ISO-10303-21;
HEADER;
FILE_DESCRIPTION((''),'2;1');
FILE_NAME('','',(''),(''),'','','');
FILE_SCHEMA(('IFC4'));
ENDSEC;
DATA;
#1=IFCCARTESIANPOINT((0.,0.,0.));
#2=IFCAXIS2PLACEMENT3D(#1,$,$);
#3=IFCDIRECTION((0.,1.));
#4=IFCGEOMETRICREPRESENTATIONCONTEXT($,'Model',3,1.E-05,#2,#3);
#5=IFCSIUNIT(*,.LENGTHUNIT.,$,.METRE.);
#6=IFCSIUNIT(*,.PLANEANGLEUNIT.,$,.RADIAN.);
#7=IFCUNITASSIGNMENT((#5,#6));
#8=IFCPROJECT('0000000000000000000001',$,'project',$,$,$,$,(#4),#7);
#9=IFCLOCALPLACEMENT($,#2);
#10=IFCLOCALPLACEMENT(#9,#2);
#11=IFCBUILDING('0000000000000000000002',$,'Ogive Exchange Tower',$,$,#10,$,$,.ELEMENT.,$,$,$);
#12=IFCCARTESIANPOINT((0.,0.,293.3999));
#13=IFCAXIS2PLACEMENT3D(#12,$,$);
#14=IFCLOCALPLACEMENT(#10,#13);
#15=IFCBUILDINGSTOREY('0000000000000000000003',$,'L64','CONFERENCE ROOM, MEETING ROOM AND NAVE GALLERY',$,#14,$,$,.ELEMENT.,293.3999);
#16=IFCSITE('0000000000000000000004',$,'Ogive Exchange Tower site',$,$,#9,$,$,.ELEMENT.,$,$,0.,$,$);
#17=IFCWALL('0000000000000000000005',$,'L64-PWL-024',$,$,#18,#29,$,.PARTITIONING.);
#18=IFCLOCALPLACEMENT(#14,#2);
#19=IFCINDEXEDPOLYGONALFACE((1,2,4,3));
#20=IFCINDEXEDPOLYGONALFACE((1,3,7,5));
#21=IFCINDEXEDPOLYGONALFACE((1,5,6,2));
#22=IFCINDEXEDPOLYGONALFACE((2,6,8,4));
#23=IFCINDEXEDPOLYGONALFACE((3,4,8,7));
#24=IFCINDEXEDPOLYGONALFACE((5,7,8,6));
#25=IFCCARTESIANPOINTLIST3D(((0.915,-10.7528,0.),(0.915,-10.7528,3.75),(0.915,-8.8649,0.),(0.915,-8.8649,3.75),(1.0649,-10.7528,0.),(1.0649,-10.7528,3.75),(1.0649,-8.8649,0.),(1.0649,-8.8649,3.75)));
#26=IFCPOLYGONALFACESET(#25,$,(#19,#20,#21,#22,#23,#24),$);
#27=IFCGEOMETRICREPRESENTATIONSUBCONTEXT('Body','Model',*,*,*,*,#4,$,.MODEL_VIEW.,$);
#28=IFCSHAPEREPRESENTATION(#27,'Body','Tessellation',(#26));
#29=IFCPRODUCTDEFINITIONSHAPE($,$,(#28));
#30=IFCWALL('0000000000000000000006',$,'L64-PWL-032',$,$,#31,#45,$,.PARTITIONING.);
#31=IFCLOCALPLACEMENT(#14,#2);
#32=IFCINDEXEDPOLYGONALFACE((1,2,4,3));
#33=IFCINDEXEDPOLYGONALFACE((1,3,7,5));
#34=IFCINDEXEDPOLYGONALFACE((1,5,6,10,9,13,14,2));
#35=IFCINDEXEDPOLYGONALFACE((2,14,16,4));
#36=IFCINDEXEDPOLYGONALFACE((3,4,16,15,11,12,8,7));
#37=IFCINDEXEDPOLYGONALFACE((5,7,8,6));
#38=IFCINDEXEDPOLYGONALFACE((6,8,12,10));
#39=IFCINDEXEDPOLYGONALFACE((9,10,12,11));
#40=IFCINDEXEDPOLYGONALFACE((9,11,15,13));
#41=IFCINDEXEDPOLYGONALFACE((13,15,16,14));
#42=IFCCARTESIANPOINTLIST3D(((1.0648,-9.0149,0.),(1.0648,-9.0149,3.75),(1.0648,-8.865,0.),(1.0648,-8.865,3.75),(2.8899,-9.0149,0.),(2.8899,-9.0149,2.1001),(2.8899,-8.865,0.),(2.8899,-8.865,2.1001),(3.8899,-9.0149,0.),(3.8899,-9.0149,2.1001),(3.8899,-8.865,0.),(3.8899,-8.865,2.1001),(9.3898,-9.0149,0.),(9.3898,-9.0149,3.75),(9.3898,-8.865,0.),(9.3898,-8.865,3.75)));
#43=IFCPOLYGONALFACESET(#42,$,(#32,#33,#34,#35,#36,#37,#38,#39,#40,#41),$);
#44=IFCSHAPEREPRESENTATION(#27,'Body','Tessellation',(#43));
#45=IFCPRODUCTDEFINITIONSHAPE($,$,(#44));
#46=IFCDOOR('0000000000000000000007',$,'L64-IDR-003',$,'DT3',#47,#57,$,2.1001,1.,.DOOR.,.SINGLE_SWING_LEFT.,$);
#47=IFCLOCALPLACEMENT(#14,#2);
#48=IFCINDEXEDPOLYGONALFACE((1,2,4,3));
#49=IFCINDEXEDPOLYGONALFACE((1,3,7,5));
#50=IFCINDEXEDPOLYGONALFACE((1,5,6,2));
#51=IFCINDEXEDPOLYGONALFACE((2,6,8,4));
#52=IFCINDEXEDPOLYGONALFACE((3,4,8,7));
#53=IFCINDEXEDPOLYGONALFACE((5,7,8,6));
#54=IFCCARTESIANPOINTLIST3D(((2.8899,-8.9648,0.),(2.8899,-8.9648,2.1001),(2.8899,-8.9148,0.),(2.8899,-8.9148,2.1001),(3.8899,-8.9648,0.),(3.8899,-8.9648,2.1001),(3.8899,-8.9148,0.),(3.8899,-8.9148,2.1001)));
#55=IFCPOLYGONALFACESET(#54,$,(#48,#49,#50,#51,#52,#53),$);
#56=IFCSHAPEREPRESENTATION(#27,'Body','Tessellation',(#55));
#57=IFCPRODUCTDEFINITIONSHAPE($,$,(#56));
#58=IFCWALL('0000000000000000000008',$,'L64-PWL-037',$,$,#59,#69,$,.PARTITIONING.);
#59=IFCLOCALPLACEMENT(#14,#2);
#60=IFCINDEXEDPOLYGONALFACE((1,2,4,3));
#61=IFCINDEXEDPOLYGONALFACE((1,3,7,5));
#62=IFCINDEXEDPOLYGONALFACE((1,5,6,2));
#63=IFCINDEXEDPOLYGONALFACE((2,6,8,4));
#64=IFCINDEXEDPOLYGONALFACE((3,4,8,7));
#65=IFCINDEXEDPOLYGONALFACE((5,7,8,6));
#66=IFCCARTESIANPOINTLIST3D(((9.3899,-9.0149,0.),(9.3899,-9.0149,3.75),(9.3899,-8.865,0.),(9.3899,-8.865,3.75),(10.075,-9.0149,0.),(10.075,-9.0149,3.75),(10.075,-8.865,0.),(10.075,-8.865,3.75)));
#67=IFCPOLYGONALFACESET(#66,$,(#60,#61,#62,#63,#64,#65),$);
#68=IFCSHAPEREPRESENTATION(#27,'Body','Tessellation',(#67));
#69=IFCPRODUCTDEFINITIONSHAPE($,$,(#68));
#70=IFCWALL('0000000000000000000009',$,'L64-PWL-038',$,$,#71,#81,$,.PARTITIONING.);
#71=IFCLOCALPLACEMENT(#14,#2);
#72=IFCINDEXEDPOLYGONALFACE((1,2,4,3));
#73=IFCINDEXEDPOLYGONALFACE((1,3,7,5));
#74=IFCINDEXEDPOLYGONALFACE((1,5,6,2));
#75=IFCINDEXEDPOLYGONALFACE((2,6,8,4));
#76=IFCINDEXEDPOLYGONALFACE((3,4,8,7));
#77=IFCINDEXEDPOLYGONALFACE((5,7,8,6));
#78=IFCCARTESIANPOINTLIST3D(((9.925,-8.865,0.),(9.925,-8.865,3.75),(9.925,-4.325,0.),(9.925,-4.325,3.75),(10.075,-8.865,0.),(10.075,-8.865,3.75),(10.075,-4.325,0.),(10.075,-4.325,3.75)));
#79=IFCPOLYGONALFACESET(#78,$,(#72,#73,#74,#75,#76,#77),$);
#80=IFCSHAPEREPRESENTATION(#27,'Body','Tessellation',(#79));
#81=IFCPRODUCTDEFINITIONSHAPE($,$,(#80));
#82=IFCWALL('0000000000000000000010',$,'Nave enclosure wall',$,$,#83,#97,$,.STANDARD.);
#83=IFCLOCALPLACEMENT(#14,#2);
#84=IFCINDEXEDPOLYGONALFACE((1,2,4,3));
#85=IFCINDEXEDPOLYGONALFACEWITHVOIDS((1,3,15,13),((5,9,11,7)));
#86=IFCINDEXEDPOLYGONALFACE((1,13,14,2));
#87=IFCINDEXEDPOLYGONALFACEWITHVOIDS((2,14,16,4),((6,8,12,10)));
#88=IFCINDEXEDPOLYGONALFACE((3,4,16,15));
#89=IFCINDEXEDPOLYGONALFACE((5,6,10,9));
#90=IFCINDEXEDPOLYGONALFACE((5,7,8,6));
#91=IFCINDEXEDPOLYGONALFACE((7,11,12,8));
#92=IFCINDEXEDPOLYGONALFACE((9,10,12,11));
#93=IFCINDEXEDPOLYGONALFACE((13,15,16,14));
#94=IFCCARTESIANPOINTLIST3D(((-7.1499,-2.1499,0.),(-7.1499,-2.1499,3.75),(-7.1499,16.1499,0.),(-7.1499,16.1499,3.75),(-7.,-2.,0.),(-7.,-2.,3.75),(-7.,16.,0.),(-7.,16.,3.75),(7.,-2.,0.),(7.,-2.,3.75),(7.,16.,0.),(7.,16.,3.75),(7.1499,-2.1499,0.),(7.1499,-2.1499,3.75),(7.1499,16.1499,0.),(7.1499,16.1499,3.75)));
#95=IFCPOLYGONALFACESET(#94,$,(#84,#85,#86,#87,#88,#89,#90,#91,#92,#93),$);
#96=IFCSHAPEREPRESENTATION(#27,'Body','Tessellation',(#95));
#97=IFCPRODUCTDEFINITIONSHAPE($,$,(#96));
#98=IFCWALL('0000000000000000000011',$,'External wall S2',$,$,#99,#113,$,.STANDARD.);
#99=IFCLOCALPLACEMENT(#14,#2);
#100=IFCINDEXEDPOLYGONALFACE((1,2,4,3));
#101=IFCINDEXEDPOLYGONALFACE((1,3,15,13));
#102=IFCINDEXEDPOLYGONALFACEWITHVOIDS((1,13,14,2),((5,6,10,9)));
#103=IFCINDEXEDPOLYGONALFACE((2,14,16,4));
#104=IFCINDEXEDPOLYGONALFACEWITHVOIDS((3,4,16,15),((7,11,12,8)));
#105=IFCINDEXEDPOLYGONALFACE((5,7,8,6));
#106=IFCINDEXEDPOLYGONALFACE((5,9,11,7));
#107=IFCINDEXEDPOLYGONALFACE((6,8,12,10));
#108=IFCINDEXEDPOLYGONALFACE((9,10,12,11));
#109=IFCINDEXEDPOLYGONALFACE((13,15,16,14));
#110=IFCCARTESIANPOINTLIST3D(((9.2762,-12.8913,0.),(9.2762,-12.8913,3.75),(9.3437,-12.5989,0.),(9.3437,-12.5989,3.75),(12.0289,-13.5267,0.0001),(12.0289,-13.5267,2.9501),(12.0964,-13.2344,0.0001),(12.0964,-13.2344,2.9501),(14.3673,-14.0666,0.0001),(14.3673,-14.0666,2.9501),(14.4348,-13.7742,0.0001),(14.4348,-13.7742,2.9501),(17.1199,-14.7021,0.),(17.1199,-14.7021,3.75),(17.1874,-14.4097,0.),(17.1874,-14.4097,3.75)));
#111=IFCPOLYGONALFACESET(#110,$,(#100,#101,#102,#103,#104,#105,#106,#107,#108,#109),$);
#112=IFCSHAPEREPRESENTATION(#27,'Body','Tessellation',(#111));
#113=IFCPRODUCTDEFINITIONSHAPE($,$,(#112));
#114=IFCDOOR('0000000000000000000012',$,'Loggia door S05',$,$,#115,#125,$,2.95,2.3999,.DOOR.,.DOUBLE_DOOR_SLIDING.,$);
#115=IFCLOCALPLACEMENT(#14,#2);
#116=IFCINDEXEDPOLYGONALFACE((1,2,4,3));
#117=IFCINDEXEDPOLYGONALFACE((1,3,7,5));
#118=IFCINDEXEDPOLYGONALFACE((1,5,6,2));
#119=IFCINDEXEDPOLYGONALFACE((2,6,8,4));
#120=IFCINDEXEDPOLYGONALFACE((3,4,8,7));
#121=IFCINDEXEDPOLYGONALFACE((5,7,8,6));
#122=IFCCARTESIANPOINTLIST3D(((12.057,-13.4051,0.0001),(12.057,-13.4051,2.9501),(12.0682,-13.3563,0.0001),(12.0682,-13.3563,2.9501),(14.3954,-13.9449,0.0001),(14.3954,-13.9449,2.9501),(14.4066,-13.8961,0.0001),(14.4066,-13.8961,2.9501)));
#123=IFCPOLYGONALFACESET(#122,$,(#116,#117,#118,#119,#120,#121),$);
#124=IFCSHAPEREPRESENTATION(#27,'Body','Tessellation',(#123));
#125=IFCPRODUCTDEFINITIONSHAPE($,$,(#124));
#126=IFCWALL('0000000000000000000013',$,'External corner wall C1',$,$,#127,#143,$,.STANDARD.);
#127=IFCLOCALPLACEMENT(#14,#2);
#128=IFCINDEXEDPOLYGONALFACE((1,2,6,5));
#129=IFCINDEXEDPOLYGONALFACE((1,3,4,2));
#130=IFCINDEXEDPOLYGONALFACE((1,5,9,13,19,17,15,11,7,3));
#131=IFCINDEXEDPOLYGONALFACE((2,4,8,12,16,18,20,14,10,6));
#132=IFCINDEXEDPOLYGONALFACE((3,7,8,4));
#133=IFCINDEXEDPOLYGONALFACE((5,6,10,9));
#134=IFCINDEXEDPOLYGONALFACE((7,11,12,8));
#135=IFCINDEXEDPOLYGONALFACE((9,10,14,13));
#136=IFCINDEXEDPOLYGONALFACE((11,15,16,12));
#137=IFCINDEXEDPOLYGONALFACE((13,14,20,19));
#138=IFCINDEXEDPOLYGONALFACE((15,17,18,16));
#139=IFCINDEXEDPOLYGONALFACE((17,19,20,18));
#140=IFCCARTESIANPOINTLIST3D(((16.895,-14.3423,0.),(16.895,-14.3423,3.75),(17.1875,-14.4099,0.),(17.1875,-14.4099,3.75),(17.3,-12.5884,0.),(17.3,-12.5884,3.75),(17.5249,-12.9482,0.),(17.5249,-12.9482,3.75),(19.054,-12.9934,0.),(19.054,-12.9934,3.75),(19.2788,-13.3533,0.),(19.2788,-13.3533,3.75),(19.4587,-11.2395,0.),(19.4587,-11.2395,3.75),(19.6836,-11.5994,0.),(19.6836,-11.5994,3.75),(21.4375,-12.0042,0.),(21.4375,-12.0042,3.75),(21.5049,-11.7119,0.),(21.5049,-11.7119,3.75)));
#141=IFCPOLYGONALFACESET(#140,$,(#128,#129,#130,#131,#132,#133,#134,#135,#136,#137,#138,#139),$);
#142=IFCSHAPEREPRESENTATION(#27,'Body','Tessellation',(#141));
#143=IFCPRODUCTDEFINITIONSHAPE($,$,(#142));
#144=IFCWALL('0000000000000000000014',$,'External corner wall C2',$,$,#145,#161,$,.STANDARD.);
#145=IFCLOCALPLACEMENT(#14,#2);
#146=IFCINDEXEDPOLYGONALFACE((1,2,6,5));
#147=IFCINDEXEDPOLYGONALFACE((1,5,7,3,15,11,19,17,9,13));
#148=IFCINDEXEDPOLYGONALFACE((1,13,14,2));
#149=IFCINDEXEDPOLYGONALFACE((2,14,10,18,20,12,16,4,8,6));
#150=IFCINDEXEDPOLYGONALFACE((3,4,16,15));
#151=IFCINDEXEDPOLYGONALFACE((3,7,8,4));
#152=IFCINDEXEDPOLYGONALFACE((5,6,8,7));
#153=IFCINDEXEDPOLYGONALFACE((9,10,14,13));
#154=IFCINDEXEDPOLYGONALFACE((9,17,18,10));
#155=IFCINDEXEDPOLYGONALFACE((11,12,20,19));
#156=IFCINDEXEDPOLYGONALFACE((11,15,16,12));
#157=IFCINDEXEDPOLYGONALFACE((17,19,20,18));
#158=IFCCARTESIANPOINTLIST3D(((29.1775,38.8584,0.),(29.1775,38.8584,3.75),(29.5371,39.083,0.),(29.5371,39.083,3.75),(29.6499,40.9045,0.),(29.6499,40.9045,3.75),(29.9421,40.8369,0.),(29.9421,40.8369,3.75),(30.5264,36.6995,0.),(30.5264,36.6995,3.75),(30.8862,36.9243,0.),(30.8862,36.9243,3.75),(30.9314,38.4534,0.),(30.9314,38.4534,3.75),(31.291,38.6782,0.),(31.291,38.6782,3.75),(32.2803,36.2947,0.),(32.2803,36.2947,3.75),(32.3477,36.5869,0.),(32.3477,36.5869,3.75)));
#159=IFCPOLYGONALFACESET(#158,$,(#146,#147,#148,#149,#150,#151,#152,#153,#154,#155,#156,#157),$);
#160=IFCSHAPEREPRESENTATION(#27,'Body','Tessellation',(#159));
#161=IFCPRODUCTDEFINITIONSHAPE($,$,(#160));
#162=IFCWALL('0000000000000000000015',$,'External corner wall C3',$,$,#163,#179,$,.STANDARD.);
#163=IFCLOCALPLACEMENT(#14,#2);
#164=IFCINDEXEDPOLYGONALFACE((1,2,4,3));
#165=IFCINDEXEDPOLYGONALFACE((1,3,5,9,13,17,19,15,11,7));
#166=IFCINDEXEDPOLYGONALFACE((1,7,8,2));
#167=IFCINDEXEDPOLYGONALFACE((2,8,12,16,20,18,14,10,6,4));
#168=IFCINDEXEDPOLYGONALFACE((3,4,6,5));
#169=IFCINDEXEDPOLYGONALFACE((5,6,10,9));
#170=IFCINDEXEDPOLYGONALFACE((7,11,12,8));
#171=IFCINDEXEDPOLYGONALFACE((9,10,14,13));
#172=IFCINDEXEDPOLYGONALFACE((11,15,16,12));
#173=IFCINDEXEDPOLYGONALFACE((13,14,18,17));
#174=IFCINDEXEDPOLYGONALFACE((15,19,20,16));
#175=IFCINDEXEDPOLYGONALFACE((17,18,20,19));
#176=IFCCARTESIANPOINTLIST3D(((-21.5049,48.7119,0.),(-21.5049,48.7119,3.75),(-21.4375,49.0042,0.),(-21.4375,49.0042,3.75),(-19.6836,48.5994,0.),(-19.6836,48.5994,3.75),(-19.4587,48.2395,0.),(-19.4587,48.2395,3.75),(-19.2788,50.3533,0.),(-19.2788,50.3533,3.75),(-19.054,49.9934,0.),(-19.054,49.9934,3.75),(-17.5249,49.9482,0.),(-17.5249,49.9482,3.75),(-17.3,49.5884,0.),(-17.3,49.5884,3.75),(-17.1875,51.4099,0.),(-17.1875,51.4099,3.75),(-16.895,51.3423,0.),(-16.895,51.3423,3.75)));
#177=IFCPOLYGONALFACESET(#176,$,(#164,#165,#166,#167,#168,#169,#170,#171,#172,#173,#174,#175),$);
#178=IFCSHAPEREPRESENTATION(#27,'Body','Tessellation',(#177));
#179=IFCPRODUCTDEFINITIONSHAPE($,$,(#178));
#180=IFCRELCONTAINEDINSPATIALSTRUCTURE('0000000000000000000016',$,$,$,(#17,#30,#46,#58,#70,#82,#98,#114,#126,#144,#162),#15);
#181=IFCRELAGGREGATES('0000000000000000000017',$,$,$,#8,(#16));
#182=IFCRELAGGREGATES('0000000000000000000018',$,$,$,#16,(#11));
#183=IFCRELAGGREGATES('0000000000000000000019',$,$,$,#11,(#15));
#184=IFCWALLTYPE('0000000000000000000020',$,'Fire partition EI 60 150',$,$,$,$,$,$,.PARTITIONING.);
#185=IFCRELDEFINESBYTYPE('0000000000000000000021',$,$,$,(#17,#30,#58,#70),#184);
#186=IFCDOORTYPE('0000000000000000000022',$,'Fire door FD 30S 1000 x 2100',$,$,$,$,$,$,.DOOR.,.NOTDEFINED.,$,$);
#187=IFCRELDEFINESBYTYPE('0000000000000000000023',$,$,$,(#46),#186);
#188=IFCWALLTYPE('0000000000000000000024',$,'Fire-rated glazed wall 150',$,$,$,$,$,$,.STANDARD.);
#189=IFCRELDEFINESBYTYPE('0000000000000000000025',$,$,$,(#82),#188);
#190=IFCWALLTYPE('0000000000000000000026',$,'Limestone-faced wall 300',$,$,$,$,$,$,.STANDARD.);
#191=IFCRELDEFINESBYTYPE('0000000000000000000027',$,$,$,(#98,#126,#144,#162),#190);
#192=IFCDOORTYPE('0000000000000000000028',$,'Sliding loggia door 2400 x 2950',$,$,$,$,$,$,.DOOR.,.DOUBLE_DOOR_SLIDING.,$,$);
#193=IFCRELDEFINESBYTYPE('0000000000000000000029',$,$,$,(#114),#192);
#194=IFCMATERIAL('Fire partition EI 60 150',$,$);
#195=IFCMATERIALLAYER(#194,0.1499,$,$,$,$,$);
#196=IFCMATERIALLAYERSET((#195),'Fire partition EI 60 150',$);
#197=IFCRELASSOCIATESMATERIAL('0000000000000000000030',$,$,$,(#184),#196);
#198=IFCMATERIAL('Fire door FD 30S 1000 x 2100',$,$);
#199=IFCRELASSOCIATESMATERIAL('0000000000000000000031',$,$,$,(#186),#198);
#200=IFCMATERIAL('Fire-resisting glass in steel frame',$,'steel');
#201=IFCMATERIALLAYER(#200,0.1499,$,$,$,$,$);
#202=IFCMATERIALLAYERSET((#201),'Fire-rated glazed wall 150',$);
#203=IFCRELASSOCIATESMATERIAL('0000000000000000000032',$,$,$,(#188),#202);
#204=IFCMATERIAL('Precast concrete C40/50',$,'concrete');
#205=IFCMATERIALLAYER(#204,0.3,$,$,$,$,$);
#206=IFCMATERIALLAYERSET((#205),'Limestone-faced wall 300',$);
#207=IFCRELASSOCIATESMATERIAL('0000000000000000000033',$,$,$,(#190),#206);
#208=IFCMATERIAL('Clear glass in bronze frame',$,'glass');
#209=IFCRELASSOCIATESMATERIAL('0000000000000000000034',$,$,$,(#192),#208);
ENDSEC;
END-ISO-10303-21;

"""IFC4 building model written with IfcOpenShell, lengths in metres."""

from ifc_helpers import new_model, si_unit, direction, frame, frame_2d, origin, place, context, subcontext, project, spatial, polyline, rectangle, outline, extrude, material, layer, layer_set, type_object, element, fill, save


model = new_model("IFC4")

# Units and contexts
model_context = context("Model", 3, precision=1e-05, world=origin(), true_north=direction((0.0, 1.0)))
body_context = subcontext(model_context, "Body", "Model", "MODEL_VIEW")
ifc_project = project(units=[si_unit("LENGTHUNIT", "METRE"), si_unit("PLANEANGLEUNIT", "RADIAN")], contexts=[model_context])

# Site, building, storey
site_placement = place(None, origin())
site = spatial("IfcSite", under=ifc_project, at=site_placement, Name="Ogive Exchange Tower site", CompositionType="ELEMENT", RefElevation=0.0)
building_placement = place(site_placement, origin())
building = spatial("IfcBuilding", under=site, at=building_placement, Name="Ogive Exchange Tower", CompositionType="ELEMENT")
storey_placement = place(building_placement, frame((0.0, 0.0, 293.3999)))
storey = spatial("IfcBuildingStorey", under=building, at=storey_placement, Name="L64", Description="CONFERENCE ROOM, MEETING ROOM AND NAVE GALLERY", CompositionType="ELEMENT", Elevation=293.3999)

# Wall
ifc_material_1 = material(Name="Fire partition EI 60 150")
ifc_layer_1 = layer(ifc_material_1, 0.1499)
ifc_layer_set_1 = layer_set([ifc_layer_1], Name="Fire partition EI 60 150")
wall_type_1 = type_object("IfcWallType", Name="Fire partition EI 60 150", PredefinedType="PARTITIONING", material=ifc_layer_set_1)
wall_1_placement = place(storey_placement, frame((0.99, -8.865, 0.0), z_axis=(0.0, 0.0, 1.0), x_axis=(0.0, -1.0, 0.0)))
element("IfcWall", 1, at=wall_1_placement, inside=storey, type_object=wall_type_1, Name="L64-PWL-024", PredefinedType="PARTITIONING", context=body_context, shape_type="SweptSolid", body=[
    extrude(rectangle(XDim=1.8879, YDim=0.1499, at=frame_2d((0.9438, 0.0))), origin(), (0.0, 0.0, 1.0), 3.75),
])

# Wall, opening, door
wall_2_placement = place(storey_placement, frame((9.3899, -8.9399, 0.0), z_axis=(0.0, 0.0, 1.0), x_axis=(-1.0, 0.0, 0.0)))
wall_2 = element("IfcWall", 2, at=wall_2_placement, inside=storey, type_object=wall_type_1, Name="L64-PWL-032", PredefinedType="PARTITIONING", context=body_context, shape_type="SweptSolid", body=[
    extrude(rectangle(XDim=8.325, YDim=0.1499, at=frame_2d((4.1626, 0.0))), origin(), (0.0, 0.0, 1.0), 3.75),
])
opening_1_placement = place(wall_2_placement, frame((5.5, 0.0, 0.0)))
opening_1 = element("IfcOpeningElement", 3, at=opening_1_placement, cuts=wall_2, PredefinedType="OPENING", context=body_context, shape_type="SweptSolid", body=[
    extrude(rectangle(XDim=1.0, YDim=2.1001, at=frame_2d((0.5, 1.05))), frame((0.0, 0.085, 0.0), z_axis=(0.0, -1.0, 0.0), x_axis=(1.0, 0.0, 0.0)), (0.0, 0.0, 1.0), 0.1699),
])
ifc_material_2 = material(Name="Fire door FD 30S 1000 x 2100")
door_type_1 = type_object("IfcDoorType", Name="Fire door FD 30S 1000 x 2100", OperationType="NOTDEFINED", PredefinedType="DOOR", material=ifc_material_2)
door_1_placement = place(opening_1_placement, origin())
door_1 = element("IfcDoor", 4, at=door_1_placement, inside=storey, type_object=door_type_1, Name="L64-IDR-003", ObjectType="DT3", OperationType="SINGLE_SWING_LEFT", OverallHeight=2.1001, OverallWidth=1.0, PredefinedType="DOOR", context=body_context, shape_type="SweptSolid", body=[
    extrude(rectangle(XDim=1.0, YDim=2.1001, at=frame_2d((0.5, 1.05))), frame((0.0, 0.0249, 0.0), z_axis=(0.0, -1.0, 0.0), x_axis=(1.0, 0.0, 0.0)), (0.0, 0.0, 1.0), 0.05),
])
fill(opening_1, door_1)

# Walls
wall_3_placement = place(storey_placement, frame((10.075, -8.9399, 0.0), z_axis=(0.0, 0.0, 1.0), x_axis=(-1.0, 0.0, 0.0)))
element("IfcWall", 5, at=wall_3_placement, inside=storey, type_object=wall_type_1, Name="L64-PWL-037", PredefinedType="PARTITIONING", context=body_context, shape_type="SweptSolid", body=[
    extrude(rectangle(XDim=0.6851, YDim=0.1499, at=frame_2d((0.3425, 0.0))), origin(), (0.0, 0.0, 1.0), 3.75),
])
wall_4_placement = place(storey_placement, frame((10.0, -4.325, 0.0), z_axis=(0.0, 0.0, 1.0), x_axis=(0.0, -1.0, 0.0)))
element("IfcWall", 6, at=wall_4_placement, inside=storey, type_object=wall_type_1, Name="L64-PWL-038", PredefinedType="PARTITIONING", context=body_context, shape_type="SweptSolid", body=[
    extrude(rectangle(XDim=4.54, YDim=0.1499, at=frame_2d((2.27, 0.0))), origin(), (0.0, 0.0, 1.0), 3.75),
])
ifc_material_3 = material(Name="Fire-resisting glass in steel frame", Category="steel")
ifc_layer_2 = layer(ifc_material_3, 0.1499)
ifc_layer_set_2 = layer_set([ifc_layer_2], Name="Fire-rated glazed wall 150")
wall_type_2 = type_object("IfcWallType", Name="Fire-rated glazed wall 150", PredefinedType="STANDARD", material=ifc_layer_set_2)
wall_5_placement = place(storey_placement, origin())
element("IfcWall", 7, at=wall_5_placement, inside=storey, type_object=wall_type_2, Name="Nave enclosure wall", PredefinedType="STANDARD", context=body_context, shape_type="SweptSolid", body=[
    extrude(outline(polyline([(-7.1499, -2.1499), (7.1499, -2.1499), (7.1499, 16.1499), (-7.1499, 16.1499), (-7.1499, -2.1499)]), holes=[polyline([(-7.0, -2.0), (-7.0, 16.0), (7.0, 16.0), (7.0, -2.0), (-7.0, -2.0)])]), origin(), (0.0, 0.0, 1.0), 3.75),
])

# Wall, opening, door
ifc_material_4 = material(Name="Precast concrete C40/50", Category="concrete")
ifc_layer_3 = layer(ifc_material_4, 0.3)
ifc_layer_set_3 = layer_set([ifc_layer_3], Name="Limestone-faced wall 300")
wall_type_3 = type_object("IfcWallType", Name="Limestone-faced wall 300", PredefinedType="STANDARD", material=ifc_layer_set_3)
wall_6_placement = place(storey_placement, frame((9.3101, -12.7451, 0.0), z_axis=(0.0, 0.0, 1.0), x_axis=(0.974372, -0.224941, 0.0)))
wall_6 = element("IfcWall", 8, at=wall_6_placement, inside=storey, type_object=wall_type_3, Name="External wall S2", PredefinedType="STANDARD", context=body_context, shape_type="SweptSolid", body=[
    extrude(rectangle(XDim=8.05, YDim=0.3, at=frame_2d((4.0249, 0.0))), origin(), (0.0, 0.0, 1.0), 3.75),
])
opening_2_placement = place(wall_6_placement, frame((2.825, 0.0, 0.0)))
opening_2 = element("IfcOpeningElement", 9, at=opening_2_placement, cuts=wall_6, PredefinedType="OPENING", context=body_context, shape_type="SweptSolid", body=[
    extrude(rectangle(XDim=2.3999, YDim=2.95, at=frame_2d((1.2, 1.4751))), frame((0.0, 0.1599, 0.0), z_axis=(0.0, -1.0, 0.0), x_axis=(1.0, 0.0, 0.0)), (0.0, 0.0, 1.0), 0.3201),
])
ifc_material_5 = material(Name="Clear glass in bronze frame", Category="glass")
door_type_2 = type_object("IfcDoorType", Name="Sliding loggia door 2400 x 2950", OperationType="DOUBLE_DOOR_SLIDING", PredefinedType="DOOR", material=ifc_material_5)
door_2_placement = place(opening_2_placement, origin())
door_2 = element("IfcDoor", 10, at=door_2_placement, inside=storey, type_object=door_type_2, Name="Loggia door S05", OperationType="DOUBLE_DOOR_SLIDING", OverallHeight=2.95, OverallWidth=2.3999, PredefinedType="DOOR", context=body_context, shape_type="SweptSolid", body=[
    extrude(rectangle(XDim=2.3999, YDim=2.95, at=frame_2d((1.2, 1.4751))), frame((0.0, 0.0249, 0.0), z_axis=(0.0, -1.0, 0.0), x_axis=(1.0, 0.0, 0.0)), (0.0, 0.0, 1.0), 0.05),
])
fill(opening_2, door_2)

# Walls
wall_7_placement = place(storey_placement, origin())
element("IfcWall", 11, at=wall_7_placement, inside=storey, type_object=wall_type_3, Name="External corner wall C1", PredefinedType="STANDARD", context=body_context, shape_type="SweptSolid", body=[
    extrude(outline(polyline([(19.054, -12.9934), (19.4587, -11.2395), (21.5049, -11.7119), (21.4375, -12.0042), (19.6836, -11.5994), (19.2788, -13.3533), (17.5249, -12.9482), (17.1875, -14.4099), (16.895, -14.3423), (17.3, -12.5884), (19.054, -12.9934)])), origin(), (0.0, 0.0, 1.0), 3.75),
])
wall_8_placement = place(storey_placement, origin())
element("IfcWall", 12, at=wall_8_placement, inside=storey, type_object=wall_type_3, Name="External corner wall C2", PredefinedType="STANDARD", context=body_context, shape_type="SweptSolid", body=[
    extrude(outline(polyline([(30.9314, 38.4534), (29.1775, 38.8584), (29.6499, 40.9045), (29.9421, 40.8369), (29.5371, 39.083), (31.291, 38.6782), (30.8862, 36.9243), (32.3477, 36.5869), (32.2803, 36.2947), (30.5264, 36.6995), (30.9314, 38.4534)])), origin(), (0.0, 0.0, 1.0), 3.75),
])
wall_9_placement = place(storey_placement, origin())
element("IfcWall", 13, at=wall_9_placement, inside=storey, type_object=wall_type_3, Name="External corner wall C3", PredefinedType="STANDARD", context=body_context, shape_type="SweptSolid", body=[
    extrude(outline(polyline([(-21.5049, 48.7119), (-21.4375, 49.0042), (-19.6836, 48.5994), (-19.2788, 50.3533), (-17.5249, 49.9482), (-17.1875, 51.4099), (-16.895, 51.3423), (-17.3, 49.5884), (-19.054, 49.9934), (-19.4587, 48.2395), (-21.5049, 48.7119)])), origin(), (0.0, 0.0, 1.0), 3.75),
])

save(model, "model.ifc")
